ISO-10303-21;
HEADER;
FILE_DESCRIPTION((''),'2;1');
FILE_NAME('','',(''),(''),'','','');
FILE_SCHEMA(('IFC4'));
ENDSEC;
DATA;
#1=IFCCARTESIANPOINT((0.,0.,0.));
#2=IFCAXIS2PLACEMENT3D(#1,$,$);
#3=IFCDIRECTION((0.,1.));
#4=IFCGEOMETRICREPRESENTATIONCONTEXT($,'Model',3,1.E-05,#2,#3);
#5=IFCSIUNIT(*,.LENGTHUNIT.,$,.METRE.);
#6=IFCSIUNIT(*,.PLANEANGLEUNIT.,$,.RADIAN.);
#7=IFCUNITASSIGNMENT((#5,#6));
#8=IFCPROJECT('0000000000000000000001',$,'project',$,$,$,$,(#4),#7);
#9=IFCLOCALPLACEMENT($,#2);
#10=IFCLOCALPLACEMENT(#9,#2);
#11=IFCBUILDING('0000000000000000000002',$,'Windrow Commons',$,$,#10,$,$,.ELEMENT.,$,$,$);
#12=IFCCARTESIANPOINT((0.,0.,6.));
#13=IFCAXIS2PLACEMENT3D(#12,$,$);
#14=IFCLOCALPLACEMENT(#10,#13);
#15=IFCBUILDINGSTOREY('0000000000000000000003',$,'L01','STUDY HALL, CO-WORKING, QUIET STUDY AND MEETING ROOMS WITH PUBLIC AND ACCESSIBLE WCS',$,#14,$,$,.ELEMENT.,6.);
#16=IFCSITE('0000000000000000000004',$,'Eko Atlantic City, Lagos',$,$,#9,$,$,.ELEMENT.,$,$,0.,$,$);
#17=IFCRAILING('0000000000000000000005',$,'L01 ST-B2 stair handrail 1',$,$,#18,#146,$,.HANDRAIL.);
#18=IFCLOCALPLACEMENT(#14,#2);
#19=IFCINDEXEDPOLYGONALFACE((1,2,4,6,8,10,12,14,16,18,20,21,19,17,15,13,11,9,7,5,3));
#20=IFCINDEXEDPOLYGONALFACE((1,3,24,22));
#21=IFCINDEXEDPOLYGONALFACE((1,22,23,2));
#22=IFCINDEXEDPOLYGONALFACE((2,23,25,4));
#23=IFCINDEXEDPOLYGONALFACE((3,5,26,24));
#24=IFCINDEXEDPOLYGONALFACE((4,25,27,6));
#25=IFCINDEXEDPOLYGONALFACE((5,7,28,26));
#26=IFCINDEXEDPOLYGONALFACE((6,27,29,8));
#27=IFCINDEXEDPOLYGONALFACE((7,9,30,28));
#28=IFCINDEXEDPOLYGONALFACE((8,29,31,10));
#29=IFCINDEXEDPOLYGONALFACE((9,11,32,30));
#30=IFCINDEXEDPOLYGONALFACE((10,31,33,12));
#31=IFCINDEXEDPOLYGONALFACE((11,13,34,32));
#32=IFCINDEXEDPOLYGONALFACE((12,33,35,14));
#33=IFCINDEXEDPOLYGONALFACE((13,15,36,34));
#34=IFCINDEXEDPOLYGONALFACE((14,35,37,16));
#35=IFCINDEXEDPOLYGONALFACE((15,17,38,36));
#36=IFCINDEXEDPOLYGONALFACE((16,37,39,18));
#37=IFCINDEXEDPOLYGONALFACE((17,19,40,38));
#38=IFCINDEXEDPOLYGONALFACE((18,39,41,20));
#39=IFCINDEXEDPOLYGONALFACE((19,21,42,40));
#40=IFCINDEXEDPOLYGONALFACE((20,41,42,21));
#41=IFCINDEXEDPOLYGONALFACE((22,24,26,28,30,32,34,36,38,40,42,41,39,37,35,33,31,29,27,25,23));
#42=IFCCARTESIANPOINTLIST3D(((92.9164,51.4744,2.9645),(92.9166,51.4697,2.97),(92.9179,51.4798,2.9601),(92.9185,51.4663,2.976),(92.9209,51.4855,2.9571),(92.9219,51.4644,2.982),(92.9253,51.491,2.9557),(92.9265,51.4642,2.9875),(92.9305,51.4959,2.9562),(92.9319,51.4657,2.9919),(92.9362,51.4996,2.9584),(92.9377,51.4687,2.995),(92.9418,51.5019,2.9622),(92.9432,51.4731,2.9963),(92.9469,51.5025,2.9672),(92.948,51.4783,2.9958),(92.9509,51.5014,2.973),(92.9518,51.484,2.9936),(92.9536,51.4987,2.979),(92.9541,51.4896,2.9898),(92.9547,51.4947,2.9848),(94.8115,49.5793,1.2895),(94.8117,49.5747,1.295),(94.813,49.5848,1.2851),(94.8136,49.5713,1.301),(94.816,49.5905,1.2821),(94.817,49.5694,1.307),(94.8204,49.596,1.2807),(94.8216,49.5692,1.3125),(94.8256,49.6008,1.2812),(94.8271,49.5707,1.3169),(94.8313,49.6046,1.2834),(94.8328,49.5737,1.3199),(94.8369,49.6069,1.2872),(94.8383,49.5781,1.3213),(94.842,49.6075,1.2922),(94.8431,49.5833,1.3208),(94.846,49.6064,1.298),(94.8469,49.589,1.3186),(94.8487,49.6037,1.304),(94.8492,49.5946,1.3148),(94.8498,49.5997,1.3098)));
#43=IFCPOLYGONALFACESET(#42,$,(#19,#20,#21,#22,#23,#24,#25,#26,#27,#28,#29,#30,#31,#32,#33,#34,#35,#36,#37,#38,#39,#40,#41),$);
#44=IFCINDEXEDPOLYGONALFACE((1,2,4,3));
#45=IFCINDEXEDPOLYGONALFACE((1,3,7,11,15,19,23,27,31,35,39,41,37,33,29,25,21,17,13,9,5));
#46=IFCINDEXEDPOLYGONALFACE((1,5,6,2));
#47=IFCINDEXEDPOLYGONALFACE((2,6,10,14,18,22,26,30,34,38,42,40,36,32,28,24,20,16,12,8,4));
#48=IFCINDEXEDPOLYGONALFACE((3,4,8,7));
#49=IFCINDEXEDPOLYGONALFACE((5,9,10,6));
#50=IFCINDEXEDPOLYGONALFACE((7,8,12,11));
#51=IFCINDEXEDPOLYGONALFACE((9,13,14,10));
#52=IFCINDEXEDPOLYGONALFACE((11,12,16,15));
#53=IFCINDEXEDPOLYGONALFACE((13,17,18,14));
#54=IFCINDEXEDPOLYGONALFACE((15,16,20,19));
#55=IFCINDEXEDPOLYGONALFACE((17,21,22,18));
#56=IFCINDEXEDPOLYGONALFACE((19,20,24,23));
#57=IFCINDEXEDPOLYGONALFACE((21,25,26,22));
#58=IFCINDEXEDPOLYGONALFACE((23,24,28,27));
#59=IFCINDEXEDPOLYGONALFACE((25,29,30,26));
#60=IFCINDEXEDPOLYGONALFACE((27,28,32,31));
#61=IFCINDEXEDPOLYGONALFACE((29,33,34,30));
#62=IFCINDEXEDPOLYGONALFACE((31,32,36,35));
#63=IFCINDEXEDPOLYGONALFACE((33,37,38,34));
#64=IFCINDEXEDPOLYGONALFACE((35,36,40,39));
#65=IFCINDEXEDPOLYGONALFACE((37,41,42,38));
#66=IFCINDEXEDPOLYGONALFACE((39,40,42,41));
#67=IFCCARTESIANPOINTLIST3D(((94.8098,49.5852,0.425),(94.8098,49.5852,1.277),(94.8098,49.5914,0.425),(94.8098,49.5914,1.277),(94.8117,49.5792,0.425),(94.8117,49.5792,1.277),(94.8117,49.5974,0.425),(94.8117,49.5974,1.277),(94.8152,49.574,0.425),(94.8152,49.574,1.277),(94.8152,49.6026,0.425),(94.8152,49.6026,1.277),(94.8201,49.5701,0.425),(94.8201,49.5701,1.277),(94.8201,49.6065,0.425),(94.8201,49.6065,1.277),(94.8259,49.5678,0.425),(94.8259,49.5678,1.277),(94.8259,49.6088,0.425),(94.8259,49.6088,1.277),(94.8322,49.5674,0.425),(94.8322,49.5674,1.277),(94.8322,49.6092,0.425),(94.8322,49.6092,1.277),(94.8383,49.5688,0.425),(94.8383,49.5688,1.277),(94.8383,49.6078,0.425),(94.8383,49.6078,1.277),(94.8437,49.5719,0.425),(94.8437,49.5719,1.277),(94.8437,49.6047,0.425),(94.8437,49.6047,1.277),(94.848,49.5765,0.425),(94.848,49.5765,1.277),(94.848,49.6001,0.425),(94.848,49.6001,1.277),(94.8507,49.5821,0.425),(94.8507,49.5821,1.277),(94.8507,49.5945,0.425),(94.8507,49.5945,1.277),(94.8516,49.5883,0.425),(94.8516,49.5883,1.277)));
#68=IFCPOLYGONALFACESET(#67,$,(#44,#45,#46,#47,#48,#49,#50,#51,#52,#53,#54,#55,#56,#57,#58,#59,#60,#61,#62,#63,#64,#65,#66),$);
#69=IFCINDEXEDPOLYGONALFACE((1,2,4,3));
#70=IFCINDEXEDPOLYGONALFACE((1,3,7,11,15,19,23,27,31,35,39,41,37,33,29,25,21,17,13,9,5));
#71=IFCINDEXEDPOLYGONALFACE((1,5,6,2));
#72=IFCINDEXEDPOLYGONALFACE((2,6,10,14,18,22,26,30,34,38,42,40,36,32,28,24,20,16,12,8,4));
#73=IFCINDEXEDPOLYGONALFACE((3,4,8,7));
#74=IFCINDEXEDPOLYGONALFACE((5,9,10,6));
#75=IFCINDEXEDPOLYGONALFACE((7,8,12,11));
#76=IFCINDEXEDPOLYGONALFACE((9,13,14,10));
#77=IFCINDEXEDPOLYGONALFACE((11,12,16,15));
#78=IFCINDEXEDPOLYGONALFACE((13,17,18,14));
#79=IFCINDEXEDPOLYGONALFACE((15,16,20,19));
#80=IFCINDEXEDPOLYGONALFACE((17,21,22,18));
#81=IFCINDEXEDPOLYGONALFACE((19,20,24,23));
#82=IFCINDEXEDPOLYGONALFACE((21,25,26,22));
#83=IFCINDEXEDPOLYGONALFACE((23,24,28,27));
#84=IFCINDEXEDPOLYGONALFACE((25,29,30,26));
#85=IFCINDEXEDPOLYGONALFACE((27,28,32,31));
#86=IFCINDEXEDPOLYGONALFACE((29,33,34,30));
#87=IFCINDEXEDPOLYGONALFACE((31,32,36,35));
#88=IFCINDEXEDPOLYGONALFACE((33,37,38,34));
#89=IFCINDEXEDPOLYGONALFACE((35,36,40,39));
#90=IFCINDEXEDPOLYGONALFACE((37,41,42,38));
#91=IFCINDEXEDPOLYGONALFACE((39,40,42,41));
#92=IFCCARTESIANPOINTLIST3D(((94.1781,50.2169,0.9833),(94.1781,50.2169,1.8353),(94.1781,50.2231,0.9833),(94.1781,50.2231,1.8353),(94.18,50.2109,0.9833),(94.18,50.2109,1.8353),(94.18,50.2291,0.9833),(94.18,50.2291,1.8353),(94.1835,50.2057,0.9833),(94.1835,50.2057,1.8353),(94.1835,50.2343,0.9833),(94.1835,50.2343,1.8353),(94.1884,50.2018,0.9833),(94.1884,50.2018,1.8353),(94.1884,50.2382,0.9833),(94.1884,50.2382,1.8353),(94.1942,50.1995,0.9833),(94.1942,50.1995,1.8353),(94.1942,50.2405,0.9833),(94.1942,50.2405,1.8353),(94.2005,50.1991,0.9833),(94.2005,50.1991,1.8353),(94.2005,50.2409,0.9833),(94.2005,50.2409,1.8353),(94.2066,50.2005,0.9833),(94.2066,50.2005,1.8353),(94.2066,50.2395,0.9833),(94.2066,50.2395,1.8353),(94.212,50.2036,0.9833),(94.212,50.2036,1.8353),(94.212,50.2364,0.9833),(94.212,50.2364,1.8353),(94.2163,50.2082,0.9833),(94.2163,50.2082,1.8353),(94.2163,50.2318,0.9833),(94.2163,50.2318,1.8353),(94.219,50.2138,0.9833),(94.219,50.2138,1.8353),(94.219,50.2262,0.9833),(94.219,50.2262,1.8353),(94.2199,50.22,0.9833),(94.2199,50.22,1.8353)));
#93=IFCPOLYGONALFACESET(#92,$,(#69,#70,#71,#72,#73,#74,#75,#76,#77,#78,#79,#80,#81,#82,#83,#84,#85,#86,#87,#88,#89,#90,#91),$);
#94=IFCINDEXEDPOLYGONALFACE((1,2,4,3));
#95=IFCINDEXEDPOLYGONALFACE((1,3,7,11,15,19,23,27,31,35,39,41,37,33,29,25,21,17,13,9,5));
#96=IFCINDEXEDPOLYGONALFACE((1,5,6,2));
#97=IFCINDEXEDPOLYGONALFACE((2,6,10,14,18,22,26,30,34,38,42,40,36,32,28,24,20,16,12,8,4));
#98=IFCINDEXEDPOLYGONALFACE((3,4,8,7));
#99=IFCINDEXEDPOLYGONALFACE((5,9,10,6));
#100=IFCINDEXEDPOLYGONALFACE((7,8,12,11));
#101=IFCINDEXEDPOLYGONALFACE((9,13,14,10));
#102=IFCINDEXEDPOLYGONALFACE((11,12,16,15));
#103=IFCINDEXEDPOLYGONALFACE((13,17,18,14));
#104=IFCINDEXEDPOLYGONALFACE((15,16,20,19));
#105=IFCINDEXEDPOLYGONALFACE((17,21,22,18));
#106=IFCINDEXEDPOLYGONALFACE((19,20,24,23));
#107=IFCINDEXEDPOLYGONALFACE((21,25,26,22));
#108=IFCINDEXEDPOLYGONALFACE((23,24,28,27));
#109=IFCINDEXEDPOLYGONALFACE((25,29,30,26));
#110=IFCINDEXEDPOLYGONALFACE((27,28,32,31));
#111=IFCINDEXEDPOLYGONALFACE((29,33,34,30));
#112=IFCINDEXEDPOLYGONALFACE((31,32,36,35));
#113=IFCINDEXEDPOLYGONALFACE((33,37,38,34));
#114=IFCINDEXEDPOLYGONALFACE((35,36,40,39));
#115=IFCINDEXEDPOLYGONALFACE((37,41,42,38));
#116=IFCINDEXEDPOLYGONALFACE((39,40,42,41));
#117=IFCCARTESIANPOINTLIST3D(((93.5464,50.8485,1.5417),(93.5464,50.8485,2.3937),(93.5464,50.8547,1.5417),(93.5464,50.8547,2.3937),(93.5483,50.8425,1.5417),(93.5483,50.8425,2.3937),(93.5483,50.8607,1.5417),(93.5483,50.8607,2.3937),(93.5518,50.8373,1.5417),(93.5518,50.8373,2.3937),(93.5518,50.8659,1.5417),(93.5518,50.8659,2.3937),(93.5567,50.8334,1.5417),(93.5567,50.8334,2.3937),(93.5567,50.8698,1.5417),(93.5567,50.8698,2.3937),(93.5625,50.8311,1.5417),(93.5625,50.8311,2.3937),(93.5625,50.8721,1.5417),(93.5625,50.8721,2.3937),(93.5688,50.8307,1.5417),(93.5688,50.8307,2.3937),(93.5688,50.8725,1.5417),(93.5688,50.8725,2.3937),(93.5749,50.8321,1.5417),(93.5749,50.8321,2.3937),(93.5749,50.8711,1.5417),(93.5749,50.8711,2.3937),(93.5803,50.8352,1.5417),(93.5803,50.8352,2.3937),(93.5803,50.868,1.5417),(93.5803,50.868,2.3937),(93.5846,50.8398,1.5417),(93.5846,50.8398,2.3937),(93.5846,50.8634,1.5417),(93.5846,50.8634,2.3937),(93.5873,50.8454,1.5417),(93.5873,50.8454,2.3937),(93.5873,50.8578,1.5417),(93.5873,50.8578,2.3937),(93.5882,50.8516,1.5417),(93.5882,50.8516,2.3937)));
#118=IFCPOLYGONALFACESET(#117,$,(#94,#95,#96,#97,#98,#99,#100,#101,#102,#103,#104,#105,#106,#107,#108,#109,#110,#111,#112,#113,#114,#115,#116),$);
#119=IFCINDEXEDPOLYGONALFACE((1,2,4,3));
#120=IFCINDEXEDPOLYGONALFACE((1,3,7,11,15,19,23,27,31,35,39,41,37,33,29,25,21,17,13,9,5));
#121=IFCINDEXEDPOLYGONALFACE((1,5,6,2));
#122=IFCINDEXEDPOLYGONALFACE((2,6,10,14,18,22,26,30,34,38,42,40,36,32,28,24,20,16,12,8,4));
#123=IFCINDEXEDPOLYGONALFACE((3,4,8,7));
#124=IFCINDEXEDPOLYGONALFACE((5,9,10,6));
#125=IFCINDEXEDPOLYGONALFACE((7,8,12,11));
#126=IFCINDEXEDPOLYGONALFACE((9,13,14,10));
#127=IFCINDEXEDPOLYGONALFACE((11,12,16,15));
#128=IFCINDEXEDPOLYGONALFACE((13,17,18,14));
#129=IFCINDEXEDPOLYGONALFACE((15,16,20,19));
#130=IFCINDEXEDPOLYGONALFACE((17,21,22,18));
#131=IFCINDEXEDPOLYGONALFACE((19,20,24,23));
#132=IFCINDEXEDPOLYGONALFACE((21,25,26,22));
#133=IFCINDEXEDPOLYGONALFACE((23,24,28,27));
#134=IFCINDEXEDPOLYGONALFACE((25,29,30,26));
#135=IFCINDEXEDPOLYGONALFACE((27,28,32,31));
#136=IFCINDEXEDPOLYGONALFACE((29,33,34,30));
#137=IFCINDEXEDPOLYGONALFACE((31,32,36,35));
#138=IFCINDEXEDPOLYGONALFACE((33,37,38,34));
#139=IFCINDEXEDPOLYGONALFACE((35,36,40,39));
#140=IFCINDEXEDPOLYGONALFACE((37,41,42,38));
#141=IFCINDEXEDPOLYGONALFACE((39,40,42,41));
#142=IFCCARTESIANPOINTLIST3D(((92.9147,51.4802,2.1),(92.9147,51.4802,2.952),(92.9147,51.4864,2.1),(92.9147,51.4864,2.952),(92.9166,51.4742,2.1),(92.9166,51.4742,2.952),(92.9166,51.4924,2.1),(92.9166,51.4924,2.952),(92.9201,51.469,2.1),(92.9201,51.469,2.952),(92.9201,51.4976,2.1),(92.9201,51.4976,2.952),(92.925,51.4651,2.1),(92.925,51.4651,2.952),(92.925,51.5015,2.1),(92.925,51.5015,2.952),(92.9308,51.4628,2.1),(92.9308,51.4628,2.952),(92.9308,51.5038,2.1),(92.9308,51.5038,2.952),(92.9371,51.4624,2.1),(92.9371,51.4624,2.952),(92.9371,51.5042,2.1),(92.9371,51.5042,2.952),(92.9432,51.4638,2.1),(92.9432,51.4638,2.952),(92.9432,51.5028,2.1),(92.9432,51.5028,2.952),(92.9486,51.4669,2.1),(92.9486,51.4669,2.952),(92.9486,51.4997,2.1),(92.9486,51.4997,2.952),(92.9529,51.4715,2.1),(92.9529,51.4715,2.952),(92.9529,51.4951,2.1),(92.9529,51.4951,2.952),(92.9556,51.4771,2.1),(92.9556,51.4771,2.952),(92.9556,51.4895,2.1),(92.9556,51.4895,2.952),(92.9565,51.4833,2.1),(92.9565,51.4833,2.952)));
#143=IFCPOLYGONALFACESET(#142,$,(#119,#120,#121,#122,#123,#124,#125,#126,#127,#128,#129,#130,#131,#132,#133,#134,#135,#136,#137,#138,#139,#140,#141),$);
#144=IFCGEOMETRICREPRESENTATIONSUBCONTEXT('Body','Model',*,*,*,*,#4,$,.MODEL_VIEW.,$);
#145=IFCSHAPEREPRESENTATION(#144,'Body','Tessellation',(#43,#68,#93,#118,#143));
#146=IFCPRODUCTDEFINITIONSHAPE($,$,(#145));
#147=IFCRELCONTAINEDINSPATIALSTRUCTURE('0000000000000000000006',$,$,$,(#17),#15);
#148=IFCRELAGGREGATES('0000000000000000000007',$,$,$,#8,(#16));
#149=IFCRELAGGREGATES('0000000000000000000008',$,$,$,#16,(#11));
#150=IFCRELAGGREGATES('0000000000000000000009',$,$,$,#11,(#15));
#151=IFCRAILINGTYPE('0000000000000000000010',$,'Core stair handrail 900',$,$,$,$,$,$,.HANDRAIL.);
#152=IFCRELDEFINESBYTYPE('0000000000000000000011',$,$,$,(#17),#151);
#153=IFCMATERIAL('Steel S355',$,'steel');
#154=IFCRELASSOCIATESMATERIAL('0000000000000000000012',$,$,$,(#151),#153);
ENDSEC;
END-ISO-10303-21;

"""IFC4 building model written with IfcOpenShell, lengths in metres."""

from ifc_helpers import new_model, si_unit, direction, frame, origin, origin_2d, place, context, subcontext, project, spatial, circle, extrude, material, type_object, element, save


model = new_model("IFC4")

# Units and contexts
model_context = context("Model", 3, precision=1e-05, world=origin(), true_north=direction((0.0, 1.0)))
body_context = subcontext(model_context, "Body", "Model", "MODEL_VIEW")
ifc_project = project(units=[si_unit("LENGTHUNIT", "METRE"), si_unit("PLANEANGLEUNIT", "RADIAN")], contexts=[model_context])

# Site, building, storey
site_placement = place(None, origin())
site = spatial("IfcSite", under=ifc_project, at=site_placement, Name="Eko Atlantic City, Lagos", CompositionType="ELEMENT", RefElevation=0.0)
building_placement = place(site_placement, origin())
building = spatial("IfcBuilding", under=site, at=building_placement, Name="Windrow Commons", CompositionType="ELEMENT")
storey_placement = place(building_placement, frame((0.0, 0.0, 6.0)))
storey = spatial("IfcBuildingStorey", under=building, at=storey_placement, Name="L01", Description="STUDY HALL, CO-WORKING, QUIET STUDY AND MEETING ROOMS WITH PUBLIC AND ACCESSIBLE WCS", CompositionType="ELEMENT", Elevation=6.0)

# Railing
ifc_material_1 = material(Name="Steel S355", Category="steel")
railing_type_1 = type_object("IfcRailingType", Name="Core stair handrail 900", PredefinedType="HANDRAIL", material=ifc_material_1)
railing_1_placement = place(storey_placement, frame((94.8306, 49.5883, 0.425)))
element("IfcRailing", 1, at=railing_1_placement, inside=storey, type_object=railing_type_1, Name="L01 ST-B2 stair handrail 1", PredefinedType="HANDRAIL", context=body_context, shape_type="SweptSolid", body=[
    extrude(circle(Radius=0.024, at=origin_2d()), frame((0.0, 0.0, 0.876), z_axis=(-0.599642, 0.59961, 0.529998), x_axis=(-0.707088, -0.707125, 0.0)), (0.0, 0.0, 1.0), 3.1604),
    extrude(circle(Radius=0.021, at=origin_2d()), origin(), (0.0, 0.0, 1.0), 0.852),
    extrude(circle(Radius=0.021, at=origin_2d()), frame((-0.6317, 0.6317, 0.5583)), (0.0, 0.0, 1.0), 0.852),
    extrude(circle(Radius=0.021, at=origin_2d()), frame((-1.2634, 1.2633, 1.1167)), (0.0, 0.0, 1.0), 0.852),
    extrude(circle(Radius=0.021, at=origin_2d()), frame((-1.8951, 1.895, 1.675)), (0.0, 0.0, 1.0), 0.852),
])

save(model, "model.ifc")
